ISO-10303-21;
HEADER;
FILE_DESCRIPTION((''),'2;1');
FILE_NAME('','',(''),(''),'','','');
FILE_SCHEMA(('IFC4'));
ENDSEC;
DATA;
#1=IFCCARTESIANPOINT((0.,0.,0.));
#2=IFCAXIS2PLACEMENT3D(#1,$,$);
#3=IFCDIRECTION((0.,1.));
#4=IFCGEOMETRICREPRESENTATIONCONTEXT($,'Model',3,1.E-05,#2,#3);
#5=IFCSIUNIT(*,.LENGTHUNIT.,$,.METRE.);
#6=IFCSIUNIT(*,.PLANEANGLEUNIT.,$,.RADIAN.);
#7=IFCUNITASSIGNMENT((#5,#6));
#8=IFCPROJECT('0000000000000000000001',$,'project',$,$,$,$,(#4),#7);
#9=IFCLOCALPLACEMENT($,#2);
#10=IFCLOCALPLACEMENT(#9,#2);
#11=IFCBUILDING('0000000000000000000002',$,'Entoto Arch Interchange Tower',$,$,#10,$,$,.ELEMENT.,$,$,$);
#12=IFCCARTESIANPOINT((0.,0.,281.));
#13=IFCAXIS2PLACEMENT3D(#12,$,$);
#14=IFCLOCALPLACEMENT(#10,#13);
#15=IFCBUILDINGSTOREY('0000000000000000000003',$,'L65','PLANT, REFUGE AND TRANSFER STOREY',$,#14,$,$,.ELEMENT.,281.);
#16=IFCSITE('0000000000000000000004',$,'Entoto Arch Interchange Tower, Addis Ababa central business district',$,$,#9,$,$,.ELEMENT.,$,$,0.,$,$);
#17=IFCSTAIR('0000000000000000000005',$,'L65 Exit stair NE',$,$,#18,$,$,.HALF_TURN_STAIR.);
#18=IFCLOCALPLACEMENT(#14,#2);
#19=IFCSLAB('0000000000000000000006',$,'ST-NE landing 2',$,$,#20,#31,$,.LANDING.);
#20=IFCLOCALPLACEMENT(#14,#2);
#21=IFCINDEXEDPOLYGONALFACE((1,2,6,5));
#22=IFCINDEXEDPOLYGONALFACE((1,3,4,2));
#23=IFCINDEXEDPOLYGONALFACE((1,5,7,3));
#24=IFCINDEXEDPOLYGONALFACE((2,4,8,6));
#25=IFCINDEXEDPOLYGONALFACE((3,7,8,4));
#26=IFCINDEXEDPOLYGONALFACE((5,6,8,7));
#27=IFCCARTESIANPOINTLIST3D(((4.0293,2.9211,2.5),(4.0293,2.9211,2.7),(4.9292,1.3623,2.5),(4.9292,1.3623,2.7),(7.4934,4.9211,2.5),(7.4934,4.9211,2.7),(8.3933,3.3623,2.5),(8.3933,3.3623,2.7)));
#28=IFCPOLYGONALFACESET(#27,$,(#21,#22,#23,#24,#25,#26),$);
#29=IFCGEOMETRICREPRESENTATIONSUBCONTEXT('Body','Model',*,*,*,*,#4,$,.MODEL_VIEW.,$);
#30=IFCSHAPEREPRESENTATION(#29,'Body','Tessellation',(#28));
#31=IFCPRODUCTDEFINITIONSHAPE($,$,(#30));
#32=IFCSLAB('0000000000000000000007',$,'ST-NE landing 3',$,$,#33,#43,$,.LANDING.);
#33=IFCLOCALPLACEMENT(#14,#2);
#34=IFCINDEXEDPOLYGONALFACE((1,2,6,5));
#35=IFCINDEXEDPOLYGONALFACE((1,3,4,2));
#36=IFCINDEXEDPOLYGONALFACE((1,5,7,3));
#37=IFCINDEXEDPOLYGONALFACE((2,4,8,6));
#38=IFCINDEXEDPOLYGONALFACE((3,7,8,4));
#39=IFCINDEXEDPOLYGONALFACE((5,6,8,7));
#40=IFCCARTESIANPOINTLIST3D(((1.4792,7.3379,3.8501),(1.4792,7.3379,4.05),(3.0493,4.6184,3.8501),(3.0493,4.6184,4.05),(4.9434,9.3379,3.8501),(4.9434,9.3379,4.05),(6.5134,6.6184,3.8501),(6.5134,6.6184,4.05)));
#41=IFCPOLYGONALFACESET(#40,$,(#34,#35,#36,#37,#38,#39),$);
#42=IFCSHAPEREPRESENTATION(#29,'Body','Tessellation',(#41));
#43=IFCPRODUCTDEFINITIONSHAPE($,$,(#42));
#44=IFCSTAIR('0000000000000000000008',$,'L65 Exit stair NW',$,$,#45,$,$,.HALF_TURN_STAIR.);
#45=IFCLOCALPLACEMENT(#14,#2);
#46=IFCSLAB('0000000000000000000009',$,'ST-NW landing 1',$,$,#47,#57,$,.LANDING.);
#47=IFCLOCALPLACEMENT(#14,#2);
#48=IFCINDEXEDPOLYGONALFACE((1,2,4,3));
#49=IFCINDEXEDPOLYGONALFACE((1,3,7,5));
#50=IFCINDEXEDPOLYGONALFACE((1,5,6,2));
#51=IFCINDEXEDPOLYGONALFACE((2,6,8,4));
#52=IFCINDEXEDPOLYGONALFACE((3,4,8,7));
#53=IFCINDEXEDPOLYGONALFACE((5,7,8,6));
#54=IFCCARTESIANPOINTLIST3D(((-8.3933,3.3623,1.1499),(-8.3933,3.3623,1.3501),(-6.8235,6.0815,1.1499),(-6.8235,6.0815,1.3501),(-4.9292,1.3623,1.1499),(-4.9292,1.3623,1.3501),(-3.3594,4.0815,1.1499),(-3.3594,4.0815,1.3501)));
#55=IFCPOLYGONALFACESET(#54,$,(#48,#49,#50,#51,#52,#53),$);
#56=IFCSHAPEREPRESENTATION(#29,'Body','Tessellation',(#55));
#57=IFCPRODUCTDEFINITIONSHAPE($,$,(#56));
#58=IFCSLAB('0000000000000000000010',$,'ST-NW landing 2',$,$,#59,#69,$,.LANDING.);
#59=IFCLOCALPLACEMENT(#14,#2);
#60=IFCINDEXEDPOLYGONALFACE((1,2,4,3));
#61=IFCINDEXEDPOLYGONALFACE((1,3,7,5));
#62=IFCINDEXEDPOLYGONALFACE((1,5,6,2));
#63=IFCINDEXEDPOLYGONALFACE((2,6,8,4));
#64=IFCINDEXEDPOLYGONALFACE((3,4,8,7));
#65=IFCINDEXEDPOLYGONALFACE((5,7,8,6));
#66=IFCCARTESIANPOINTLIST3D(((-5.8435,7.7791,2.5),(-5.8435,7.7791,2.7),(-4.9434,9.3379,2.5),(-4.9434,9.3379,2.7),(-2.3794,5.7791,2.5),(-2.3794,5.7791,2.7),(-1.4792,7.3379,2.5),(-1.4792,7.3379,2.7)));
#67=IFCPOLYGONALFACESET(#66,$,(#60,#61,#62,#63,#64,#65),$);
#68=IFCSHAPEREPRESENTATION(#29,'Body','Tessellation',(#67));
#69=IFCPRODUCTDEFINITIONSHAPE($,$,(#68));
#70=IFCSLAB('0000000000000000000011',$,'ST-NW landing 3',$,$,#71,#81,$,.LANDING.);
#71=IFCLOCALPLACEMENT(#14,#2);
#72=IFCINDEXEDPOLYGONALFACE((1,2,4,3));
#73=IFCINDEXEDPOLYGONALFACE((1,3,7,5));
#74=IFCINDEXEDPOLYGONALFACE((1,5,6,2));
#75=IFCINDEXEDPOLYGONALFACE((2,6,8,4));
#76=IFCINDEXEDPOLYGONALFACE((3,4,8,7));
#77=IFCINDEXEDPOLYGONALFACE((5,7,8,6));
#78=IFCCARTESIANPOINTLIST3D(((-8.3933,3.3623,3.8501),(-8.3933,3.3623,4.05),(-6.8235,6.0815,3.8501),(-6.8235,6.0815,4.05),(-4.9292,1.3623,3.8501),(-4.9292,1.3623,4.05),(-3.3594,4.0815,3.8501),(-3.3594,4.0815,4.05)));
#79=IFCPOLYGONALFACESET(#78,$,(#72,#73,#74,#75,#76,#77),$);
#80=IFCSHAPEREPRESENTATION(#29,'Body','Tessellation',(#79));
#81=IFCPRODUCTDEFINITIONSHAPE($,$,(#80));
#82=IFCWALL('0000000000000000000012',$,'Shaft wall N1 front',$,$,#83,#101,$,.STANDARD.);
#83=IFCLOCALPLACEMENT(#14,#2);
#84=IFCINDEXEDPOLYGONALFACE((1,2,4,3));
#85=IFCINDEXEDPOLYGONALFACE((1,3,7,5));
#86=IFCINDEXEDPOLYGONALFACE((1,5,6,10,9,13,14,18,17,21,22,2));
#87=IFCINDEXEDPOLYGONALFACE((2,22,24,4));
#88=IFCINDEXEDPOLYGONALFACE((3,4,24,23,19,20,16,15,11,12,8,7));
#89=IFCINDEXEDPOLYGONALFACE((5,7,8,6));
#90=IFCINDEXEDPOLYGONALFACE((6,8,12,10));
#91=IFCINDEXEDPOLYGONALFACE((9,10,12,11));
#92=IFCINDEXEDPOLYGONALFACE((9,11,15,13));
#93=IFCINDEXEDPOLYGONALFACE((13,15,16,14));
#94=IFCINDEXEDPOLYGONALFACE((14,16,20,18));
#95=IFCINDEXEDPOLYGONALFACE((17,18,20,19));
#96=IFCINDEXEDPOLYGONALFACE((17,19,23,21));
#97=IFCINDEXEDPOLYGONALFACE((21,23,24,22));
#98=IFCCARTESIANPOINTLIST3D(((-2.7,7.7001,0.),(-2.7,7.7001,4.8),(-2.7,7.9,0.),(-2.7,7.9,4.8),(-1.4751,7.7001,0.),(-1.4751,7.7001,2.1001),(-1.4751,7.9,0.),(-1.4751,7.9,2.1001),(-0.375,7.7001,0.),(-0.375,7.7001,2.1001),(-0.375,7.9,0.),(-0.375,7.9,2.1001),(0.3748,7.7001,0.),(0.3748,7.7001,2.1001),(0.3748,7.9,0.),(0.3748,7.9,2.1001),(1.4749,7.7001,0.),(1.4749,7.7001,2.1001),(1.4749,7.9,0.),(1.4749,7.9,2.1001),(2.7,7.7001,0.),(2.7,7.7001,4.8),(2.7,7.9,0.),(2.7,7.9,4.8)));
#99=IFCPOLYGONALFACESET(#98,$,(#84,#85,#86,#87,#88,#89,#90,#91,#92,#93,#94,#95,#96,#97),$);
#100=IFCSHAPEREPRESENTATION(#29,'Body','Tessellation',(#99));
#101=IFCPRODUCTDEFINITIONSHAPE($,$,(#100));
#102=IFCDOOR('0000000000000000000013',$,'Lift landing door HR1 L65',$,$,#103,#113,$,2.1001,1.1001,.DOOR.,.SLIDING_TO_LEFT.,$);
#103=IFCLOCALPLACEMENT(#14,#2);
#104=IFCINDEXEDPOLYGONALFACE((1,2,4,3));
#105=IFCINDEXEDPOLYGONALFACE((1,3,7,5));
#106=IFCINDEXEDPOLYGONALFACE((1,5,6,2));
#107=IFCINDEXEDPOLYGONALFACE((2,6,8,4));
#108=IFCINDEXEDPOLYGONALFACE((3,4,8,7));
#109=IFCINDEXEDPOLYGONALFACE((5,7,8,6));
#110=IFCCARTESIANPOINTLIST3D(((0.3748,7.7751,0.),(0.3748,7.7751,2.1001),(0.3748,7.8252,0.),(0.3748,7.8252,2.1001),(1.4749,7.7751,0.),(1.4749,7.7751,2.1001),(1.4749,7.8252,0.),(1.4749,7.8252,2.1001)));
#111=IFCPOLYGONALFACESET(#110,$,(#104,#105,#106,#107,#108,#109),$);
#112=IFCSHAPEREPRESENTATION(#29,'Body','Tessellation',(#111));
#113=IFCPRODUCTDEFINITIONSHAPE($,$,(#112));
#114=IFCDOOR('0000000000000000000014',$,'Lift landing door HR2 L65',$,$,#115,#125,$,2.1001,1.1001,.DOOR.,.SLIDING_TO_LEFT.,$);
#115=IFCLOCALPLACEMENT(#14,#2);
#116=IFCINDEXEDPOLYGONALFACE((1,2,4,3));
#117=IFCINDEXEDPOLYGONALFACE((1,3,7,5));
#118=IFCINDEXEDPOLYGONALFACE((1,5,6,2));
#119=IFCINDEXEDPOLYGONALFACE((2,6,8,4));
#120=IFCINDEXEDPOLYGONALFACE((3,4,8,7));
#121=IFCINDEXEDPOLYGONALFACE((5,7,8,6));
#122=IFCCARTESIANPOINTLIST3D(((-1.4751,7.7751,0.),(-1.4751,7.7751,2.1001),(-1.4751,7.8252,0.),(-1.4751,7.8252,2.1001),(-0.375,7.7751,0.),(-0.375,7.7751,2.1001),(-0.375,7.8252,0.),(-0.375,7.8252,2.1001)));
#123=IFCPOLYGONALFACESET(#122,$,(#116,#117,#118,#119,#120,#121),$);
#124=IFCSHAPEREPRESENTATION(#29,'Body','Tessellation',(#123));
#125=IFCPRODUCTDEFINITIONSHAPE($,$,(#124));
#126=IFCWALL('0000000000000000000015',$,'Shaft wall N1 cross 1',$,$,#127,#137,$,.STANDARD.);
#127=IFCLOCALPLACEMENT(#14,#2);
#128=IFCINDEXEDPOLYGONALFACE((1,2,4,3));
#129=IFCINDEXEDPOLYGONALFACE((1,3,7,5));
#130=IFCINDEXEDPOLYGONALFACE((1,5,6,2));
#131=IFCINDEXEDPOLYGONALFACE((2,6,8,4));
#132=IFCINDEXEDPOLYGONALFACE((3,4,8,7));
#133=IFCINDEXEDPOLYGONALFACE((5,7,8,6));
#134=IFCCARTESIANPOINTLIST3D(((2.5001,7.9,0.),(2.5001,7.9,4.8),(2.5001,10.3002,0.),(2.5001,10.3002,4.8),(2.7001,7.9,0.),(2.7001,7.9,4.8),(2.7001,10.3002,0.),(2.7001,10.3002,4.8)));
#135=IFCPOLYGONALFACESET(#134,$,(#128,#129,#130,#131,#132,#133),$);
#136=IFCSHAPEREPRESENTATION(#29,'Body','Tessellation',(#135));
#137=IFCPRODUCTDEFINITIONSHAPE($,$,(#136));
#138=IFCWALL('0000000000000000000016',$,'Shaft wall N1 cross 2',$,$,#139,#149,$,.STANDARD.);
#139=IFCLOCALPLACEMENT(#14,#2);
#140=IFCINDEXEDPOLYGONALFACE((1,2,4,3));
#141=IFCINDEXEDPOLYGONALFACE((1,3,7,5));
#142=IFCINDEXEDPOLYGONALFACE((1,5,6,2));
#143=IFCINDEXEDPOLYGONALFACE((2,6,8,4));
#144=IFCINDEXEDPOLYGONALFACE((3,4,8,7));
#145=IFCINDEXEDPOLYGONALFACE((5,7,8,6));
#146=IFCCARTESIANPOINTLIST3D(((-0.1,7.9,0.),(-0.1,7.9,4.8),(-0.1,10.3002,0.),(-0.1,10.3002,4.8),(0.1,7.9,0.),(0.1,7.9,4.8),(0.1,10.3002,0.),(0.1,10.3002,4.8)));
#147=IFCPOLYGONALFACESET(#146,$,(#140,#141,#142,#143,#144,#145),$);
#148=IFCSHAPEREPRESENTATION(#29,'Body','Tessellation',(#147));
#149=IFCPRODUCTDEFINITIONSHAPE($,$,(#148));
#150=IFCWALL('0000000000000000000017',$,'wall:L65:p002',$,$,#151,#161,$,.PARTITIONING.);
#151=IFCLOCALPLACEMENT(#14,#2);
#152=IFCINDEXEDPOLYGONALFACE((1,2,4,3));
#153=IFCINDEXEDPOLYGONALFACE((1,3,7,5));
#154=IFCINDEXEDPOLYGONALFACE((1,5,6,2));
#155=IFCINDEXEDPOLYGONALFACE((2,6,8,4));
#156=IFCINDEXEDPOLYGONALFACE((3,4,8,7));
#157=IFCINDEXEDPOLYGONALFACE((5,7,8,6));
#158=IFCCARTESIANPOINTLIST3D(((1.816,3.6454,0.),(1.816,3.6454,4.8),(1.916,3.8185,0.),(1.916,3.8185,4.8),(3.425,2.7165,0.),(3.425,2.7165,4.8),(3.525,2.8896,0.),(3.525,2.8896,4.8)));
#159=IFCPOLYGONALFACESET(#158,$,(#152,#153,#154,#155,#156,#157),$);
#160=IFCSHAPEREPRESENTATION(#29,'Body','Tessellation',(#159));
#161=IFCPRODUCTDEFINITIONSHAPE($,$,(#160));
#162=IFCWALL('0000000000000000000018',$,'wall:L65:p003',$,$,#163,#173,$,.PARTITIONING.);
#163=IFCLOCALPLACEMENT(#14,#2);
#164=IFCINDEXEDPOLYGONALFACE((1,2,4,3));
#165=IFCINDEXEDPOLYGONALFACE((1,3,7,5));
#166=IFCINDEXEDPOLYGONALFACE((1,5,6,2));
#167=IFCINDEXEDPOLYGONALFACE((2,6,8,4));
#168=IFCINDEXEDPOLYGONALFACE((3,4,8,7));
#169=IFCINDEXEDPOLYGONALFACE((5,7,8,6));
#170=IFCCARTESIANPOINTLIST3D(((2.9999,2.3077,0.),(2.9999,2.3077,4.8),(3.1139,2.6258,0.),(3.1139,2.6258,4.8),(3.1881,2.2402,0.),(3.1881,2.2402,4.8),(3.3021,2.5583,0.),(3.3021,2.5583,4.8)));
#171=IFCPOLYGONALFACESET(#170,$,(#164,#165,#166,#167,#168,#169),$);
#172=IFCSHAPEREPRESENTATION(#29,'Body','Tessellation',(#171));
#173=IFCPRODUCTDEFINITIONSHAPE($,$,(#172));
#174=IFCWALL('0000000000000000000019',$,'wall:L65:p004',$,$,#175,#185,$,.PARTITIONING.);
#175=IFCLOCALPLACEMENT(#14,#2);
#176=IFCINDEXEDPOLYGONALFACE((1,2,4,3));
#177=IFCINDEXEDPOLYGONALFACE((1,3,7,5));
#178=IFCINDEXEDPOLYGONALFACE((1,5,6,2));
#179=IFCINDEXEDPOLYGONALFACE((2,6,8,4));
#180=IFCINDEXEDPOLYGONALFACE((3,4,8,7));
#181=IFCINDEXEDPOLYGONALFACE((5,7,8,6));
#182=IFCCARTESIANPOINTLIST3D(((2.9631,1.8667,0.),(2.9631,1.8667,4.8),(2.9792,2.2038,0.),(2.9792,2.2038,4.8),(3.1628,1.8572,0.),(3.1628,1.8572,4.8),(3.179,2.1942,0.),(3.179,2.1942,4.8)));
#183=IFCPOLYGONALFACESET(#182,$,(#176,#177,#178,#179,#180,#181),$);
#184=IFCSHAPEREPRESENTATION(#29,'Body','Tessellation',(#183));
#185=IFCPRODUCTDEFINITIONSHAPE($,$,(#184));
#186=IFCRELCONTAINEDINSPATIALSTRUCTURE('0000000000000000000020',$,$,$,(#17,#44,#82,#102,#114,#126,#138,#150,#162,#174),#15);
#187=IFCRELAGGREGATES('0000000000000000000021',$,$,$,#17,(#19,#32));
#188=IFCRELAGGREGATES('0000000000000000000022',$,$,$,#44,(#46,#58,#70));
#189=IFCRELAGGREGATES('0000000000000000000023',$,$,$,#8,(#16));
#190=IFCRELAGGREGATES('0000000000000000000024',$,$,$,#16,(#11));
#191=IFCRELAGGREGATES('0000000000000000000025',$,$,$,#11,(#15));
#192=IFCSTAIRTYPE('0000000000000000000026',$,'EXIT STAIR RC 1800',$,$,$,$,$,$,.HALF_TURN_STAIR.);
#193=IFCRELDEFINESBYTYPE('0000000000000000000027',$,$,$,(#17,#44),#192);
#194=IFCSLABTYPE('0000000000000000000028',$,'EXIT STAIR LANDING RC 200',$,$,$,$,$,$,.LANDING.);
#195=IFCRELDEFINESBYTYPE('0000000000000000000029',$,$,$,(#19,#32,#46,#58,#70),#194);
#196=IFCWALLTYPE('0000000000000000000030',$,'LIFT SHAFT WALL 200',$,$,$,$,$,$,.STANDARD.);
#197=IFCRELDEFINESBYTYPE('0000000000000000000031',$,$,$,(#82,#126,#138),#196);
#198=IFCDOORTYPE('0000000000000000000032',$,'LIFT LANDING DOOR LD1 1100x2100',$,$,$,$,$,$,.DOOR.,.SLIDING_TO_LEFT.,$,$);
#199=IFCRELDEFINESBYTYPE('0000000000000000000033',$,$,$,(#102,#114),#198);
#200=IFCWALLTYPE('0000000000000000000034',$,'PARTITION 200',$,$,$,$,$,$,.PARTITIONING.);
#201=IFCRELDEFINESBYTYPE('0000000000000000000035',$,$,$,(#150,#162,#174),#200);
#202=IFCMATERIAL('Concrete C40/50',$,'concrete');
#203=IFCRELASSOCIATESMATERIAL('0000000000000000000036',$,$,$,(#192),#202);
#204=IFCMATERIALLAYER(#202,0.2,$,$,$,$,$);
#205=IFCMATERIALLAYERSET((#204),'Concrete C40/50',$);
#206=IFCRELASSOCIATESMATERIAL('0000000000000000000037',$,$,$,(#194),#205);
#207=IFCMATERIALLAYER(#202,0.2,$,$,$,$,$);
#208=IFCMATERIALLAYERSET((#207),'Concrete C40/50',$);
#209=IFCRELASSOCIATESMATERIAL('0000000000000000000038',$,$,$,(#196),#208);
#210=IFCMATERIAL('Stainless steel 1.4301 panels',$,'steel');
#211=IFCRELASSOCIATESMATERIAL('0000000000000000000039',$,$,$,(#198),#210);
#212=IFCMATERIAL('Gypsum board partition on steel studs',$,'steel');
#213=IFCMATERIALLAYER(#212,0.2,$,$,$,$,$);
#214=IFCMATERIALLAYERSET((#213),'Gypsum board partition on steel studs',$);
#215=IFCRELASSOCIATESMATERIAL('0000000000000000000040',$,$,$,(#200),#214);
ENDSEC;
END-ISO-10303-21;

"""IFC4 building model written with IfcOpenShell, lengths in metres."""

from ifc_helpers import new_model, si_unit, direction, frame, frame_2d, origin, place, context, subcontext, project, spatial, polyline, rectangle, outline, extrude, material, layer, layer_set, type_object, element, fill, aggregate, save


model = new_model("IFC4")

# Units and contexts
model_context = context("Model", 3, precision=1e-05, world=origin(), true_north=direction((0.0, 1.0)))
body_context = subcontext(model_context, "Body", "Model", "MODEL_VIEW")
ifc_project = project(units=[si_unit("LENGTHUNIT", "METRE"), si_unit("PLANEANGLEUNIT", "RADIAN")], contexts=[model_context])

# Site, building, storey
site_placement = place(None, origin())
site = spatial("IfcSite", under=ifc_project, at=site_placement, Name="Entoto Arch Interchange Tower, Addis Ababa central business district", CompositionType="ELEMENT", RefElevation=0.0)
building_placement = place(site_placement, origin())
building = spatial("IfcBuilding", under=site, at=building_placement, Name="Entoto Arch Interchange Tower", CompositionType="ELEMENT")
storey_placement = place(building_placement, frame((0.0, 0.0, 281.0)))
storey = spatial("IfcBuildingStorey", under=building, at=storey_placement, Name="L65", Description="PLANT, REFUGE AND TRANSFER STOREY", CompositionType="ELEMENT", Elevation=281.0)

# Stairs, slabs
ifc_material_1 = material(Name="Concrete C40/50", Category="concrete")
stair_type = type_object("IfcStairType", Name="EXIT STAIR RC 1800", PredefinedType="HALF_TURN_STAIR", material=ifc_material_1)
stair_1_placement = place(storey_placement, origin())
stair_1 = element("IfcStair", 1, at=stair_1_placement, inside=storey, type_object=stair_type, Name="L65 Exit stair NE", PredefinedType="HALF_TURN_STAIR")
ifc_layer_1 = layer(ifc_material_1, 0.2)
ifc_layer_set_1 = layer_set([ifc_layer_1], Name="Concrete C40/50")
slab_type = type_object("IfcSlabType", Name="EXIT STAIR LANDING RC 200", PredefinedType="LANDING", material=ifc_layer_set_1)
slab_1_placement = place(storey_placement, frame((0.0, 0.0, 2.5)))
slab_1 = element("IfcSlab", 2, at=slab_1_placement, type_object=slab_type, Name="ST-NE landing 2", PredefinedType="LANDING", context=body_context, shape_type="SweptSolid", body=[
    extrude(outline(polyline([(8.3933, 3.3623), (7.4934, 4.9211), (4.0293, 2.9211), (4.9292, 1.3623), (8.3933, 3.3623)])), origin(), (0.0, 0.0, 1.0), 0.2),
])
slab_2_placement = place(storey_placement, frame((0.0, 0.0, 3.8501)))
slab_2 = element("IfcSlab", 3, at=slab_2_placement, type_object=slab_type, Name="ST-NE landing 3", PredefinedType="LANDING", context=body_context, shape_type="SweptSolid", body=[
    extrude(outline(polyline([(6.5134, 6.6184), (4.9434, 9.3379), (1.4792, 7.3379), (3.0493, 4.6184), (6.5134, 6.6184)])), origin(), (0.0, 0.0, 1.0), 0.2),
])
aggregate(stair_1, [slab_1, slab_2])
stair_2_placement = place(storey_placement, origin())
stair_2 = element("IfcStair", 4, at=stair_2_placement, inside=storey, type_object=stair_type, Name="L65 Exit stair NW", PredefinedType="HALF_TURN_STAIR")
slab_3_placement = place(storey_placement, frame((0.0, 0.0, 1.1499)))
slab_3 = element("IfcSlab", 5, at=slab_3_placement, type_object=slab_type, Name="ST-NW landing 1", PredefinedType="LANDING", context=body_context, shape_type="SweptSolid", body=[
    extrude(outline(polyline([(-6.8235, 6.0815), (-8.3933, 3.3623), (-4.9292, 1.3623), (-3.3594, 4.0815), (-6.8235, 6.0815)])), origin(), (0.0, 0.0, 1.0), 0.2002),
])
slab_4_placement = place(storey_placement, frame((0.0, 0.0, 2.5)))
slab_4 = element("IfcSlab", 6, at=slab_4_placement, type_object=slab_type, Name="ST-NW landing 2", PredefinedType="LANDING", context=body_context, shape_type="SweptSolid", body=[
    extrude(outline(polyline([(-4.9434, 9.3379), (-5.8435, 7.7791), (-2.3794, 5.7791), (-1.4792, 7.3379), (-4.9434, 9.3379)])), origin(), (0.0, 0.0, 1.0), 0.2),
])
slab_5_placement = place(storey_placement, frame((0.0, 0.0, 3.8501)))
slab_5 = element("IfcSlab", 7, at=slab_5_placement, type_object=slab_type, Name="ST-NW landing 3", PredefinedType="LANDING", context=body_context, shape_type="SweptSolid", body=[
    extrude(outline(polyline([(-6.8235, 6.0815), (-8.3933, 3.3623), (-4.9292, 1.3623), (-3.3594, 4.0815), (-6.8235, 6.0815)])), origin(), (0.0, 0.0, 1.0), 0.2),
])
aggregate(stair_2, [slab_3, slab_4, slab_5])

# Wall, openings, doors
ifc_layer_2 = layer(ifc_material_1, 0.2)
ifc_layer_set_2 = layer_set([ifc_layer_2], Name="Concrete C40/50")
wall_type_1 = type_object("IfcWallType", Name="LIFT SHAFT WALL 200", PredefinedType="STANDARD", material=ifc_layer_set_2)
wall_1_placement = place(storey_placement, frame((2.7, 7.8, 0.0), z_axis=(0.0, 0.0, 1.0), x_axis=(-1.0, 0.0, 0.0)))
wall_1 = element("IfcWall", 8, at=wall_1_placement, inside=storey, type_object=wall_type_1, Name="Shaft wall N1 front", PredefinedType="STANDARD", context=body_context, shape_type="SweptSolid", body=[
    extrude(rectangle(XDim=5.3999, YDim=0.2, at=frame_2d((2.7, 0.0))), origin(), (0.0, 0.0, 1.0), 4.8),
])
opening_1_placement = place(wall_1_placement, frame((1.2251, 0.0, 0.0)))
opening_1 = element("IfcOpeningElement", 9, at=opening_1_placement, cuts=wall_1, PredefinedType="OPENING", context=body_context, shape_type="SweptSolid", body=[
    extrude(rectangle(XDim=1.1001, YDim=2.1001, at=frame_2d((0.55, 1.05))), frame((0.0, 0.1099, 0.0), z_axis=(0.0, -1.0, 0.0), x_axis=(1.0, 0.0, 0.0)), (0.0, 0.0, 1.0), 0.22),
])
opening_2_placement = place(wall_1_placement, frame((3.075, 0.0, 0.0)))
opening_2 = element("IfcOpeningElement", 10, at=opening_2_placement, cuts=wall_1, PredefinedType="OPENING", context=body_context, shape_type="SweptSolid", body=[
    extrude(rectangle(XDim=1.1001, YDim=2.1001, at=frame_2d((0.55, 1.05))), frame((0.0, 0.1099, 0.0), z_axis=(0.0, -1.0, 0.0), x_axis=(1.0, 0.0, 0.0)), (0.0, 0.0, 1.0), 0.22),
])
ifc_material_2 = material(Name="Stainless steel 1.4301 panels", Category="steel")
door_type_1 = type_object("IfcDoorType", Name="LIFT LANDING DOOR LD1 1100x2100", OperationType="SLIDING_TO_LEFT", PredefinedType="DOOR", material=ifc_material_2)
door_1_placement = place(opening_1_placement, origin())
door_1 = element("IfcDoor", 11, at=door_1_placement, inside=storey, type_object=door_type_1, Name="Lift landing door HR1 L65", OperationType="SLIDING_TO_LEFT", OverallHeight=2.1001, OverallWidth=1.1001, PredefinedType="DOOR", context=body_context, shape_type="SweptSolid", body=[
    extrude(rectangle(XDim=1.1001, YDim=2.1001, at=frame_2d((0.55, 1.05))), frame((0.0, 0.0249, 0.0), z_axis=(0.0, -1.0, 0.0), x_axis=(1.0, 0.0, 0.0)), (0.0, 0.0, 1.0), 0.05),
])
fill(opening_1, door_1)
door_2_placement = place(opening_2_placement, origin())
door_2 = element("IfcDoor", 12, at=door_2_placement, inside=storey, type_object=door_type_1, Name="Lift landing door HR2 L65", OperationType="SLIDING_TO_LEFT", OverallHeight=2.1001, OverallWidth=1.1001, PredefinedType="DOOR", context=body_context, shape_type="SweptSolid", body=[
    extrude(rectangle(XDim=1.1001, YDim=2.1001, at=frame_2d((0.55, 1.05))), frame((0.0, 0.0249, 0.0), z_axis=(0.0, -1.0, 0.0), x_axis=(1.0, 0.0, 0.0)), (0.0, 0.0, 1.0), 0.05),
])
fill(opening_2, door_2)

# Walls
for number, where, z_axis, x_axis, name in (
    (13, (2.6001, 7.8999, 0.0), (0.0, 0.0, 1.0), (0.0, 1.0, 0.0), "Shaft wall N1 cross 1"),
    (14, (0.0, 7.8999, 0.0), (0.0, 0.0, 1.0), (0.0, 1.0, 0.0), "Shaft wall N1 cross 2"),
):
    element("IfcWall", number, at=place(storey_placement, frame(where, z_axis=z_axis, x_axis=x_axis)), inside=storey, type_object=wall_type_1, Name=name, PredefinedType="STANDARD", context=body_context, shape_type="SweptSolid", body=[
        extrude(rectangle(XDim=2.4001, YDim=0.2, at=frame_2d((1.2002, 0.0))), origin(), (0.0, 0.0, 1.0), 4.8),
    ])
ifc_material_3 = material(Name="Gypsum board partition on steel studs", Category="steel")
ifc_layer_3 = layer(ifc_material_3, 0.2)
ifc_layer_set_3 = layer_set([ifc_layer_3], Name="Gypsum board partition on steel studs")
wall_type_2 = type_object("IfcWallType", Name="PARTITION 200", PredefinedType="PARTITIONING", material=ifc_layer_set_3)
wall_2_placement = place(storey_placement, frame((1.866, 3.7319, 0.0), z_axis=(0.0, 0.0, 1.0), x_axis=(0.866043, -0.499969, 0.0)))
element("IfcWall", 15, at=wall_2_placement, inside=storey, type_object=wall_type_2, Name="wall:L65:p002", PredefinedType="PARTITIONING", context=body_context, shape_type="SweptSolid", body=[
    extrude(rectangle(XDim=1.8579, YDim=0.2, at=frame_2d((0.929, 0.0))), origin(), (0.0, 0.0, 1.0), 4.8),
])
wall_3_placement = place(storey_placement, frame((3.208, 2.592, 0.0), z_axis=(0.0, 0.0, 1.0), x_axis=(-0.337389, -0.941365, 0.0)))
element("IfcWall", 16, at=wall_3_placement, inside=storey, type_object=wall_type_2, Name="wall:L65:p003", PredefinedType="PARTITIONING", context=body_context, shape_type="SweptSolid", body=[
    extrude(rectangle(XDim=0.3379, YDim=0.2, at=frame_2d((0.1689, 0.0))), origin(), (0.0, 0.0, 1.0), 4.8),
])
wall_4_placement = place(storey_placement, frame((3.0791, 2.199, 0.0), z_axis=(0.0, 0.0, 1.0), x_axis=(-0.047771, -0.998858, 0.0)))
element("IfcWall", 17, at=wall_4_placement, inside=storey, type_object=wall_type_2, Name="wall:L65:p004", PredefinedType="PARTITIONING", context=body_context, shape_type="SweptSolid", body=[
    extrude(rectangle(XDim=0.3374, YDim=0.2, at=frame_2d((0.1687, 0.0))), origin(), (0.0, 0.0, 1.0), 4.8),
])

save(model, "model.ifc")
